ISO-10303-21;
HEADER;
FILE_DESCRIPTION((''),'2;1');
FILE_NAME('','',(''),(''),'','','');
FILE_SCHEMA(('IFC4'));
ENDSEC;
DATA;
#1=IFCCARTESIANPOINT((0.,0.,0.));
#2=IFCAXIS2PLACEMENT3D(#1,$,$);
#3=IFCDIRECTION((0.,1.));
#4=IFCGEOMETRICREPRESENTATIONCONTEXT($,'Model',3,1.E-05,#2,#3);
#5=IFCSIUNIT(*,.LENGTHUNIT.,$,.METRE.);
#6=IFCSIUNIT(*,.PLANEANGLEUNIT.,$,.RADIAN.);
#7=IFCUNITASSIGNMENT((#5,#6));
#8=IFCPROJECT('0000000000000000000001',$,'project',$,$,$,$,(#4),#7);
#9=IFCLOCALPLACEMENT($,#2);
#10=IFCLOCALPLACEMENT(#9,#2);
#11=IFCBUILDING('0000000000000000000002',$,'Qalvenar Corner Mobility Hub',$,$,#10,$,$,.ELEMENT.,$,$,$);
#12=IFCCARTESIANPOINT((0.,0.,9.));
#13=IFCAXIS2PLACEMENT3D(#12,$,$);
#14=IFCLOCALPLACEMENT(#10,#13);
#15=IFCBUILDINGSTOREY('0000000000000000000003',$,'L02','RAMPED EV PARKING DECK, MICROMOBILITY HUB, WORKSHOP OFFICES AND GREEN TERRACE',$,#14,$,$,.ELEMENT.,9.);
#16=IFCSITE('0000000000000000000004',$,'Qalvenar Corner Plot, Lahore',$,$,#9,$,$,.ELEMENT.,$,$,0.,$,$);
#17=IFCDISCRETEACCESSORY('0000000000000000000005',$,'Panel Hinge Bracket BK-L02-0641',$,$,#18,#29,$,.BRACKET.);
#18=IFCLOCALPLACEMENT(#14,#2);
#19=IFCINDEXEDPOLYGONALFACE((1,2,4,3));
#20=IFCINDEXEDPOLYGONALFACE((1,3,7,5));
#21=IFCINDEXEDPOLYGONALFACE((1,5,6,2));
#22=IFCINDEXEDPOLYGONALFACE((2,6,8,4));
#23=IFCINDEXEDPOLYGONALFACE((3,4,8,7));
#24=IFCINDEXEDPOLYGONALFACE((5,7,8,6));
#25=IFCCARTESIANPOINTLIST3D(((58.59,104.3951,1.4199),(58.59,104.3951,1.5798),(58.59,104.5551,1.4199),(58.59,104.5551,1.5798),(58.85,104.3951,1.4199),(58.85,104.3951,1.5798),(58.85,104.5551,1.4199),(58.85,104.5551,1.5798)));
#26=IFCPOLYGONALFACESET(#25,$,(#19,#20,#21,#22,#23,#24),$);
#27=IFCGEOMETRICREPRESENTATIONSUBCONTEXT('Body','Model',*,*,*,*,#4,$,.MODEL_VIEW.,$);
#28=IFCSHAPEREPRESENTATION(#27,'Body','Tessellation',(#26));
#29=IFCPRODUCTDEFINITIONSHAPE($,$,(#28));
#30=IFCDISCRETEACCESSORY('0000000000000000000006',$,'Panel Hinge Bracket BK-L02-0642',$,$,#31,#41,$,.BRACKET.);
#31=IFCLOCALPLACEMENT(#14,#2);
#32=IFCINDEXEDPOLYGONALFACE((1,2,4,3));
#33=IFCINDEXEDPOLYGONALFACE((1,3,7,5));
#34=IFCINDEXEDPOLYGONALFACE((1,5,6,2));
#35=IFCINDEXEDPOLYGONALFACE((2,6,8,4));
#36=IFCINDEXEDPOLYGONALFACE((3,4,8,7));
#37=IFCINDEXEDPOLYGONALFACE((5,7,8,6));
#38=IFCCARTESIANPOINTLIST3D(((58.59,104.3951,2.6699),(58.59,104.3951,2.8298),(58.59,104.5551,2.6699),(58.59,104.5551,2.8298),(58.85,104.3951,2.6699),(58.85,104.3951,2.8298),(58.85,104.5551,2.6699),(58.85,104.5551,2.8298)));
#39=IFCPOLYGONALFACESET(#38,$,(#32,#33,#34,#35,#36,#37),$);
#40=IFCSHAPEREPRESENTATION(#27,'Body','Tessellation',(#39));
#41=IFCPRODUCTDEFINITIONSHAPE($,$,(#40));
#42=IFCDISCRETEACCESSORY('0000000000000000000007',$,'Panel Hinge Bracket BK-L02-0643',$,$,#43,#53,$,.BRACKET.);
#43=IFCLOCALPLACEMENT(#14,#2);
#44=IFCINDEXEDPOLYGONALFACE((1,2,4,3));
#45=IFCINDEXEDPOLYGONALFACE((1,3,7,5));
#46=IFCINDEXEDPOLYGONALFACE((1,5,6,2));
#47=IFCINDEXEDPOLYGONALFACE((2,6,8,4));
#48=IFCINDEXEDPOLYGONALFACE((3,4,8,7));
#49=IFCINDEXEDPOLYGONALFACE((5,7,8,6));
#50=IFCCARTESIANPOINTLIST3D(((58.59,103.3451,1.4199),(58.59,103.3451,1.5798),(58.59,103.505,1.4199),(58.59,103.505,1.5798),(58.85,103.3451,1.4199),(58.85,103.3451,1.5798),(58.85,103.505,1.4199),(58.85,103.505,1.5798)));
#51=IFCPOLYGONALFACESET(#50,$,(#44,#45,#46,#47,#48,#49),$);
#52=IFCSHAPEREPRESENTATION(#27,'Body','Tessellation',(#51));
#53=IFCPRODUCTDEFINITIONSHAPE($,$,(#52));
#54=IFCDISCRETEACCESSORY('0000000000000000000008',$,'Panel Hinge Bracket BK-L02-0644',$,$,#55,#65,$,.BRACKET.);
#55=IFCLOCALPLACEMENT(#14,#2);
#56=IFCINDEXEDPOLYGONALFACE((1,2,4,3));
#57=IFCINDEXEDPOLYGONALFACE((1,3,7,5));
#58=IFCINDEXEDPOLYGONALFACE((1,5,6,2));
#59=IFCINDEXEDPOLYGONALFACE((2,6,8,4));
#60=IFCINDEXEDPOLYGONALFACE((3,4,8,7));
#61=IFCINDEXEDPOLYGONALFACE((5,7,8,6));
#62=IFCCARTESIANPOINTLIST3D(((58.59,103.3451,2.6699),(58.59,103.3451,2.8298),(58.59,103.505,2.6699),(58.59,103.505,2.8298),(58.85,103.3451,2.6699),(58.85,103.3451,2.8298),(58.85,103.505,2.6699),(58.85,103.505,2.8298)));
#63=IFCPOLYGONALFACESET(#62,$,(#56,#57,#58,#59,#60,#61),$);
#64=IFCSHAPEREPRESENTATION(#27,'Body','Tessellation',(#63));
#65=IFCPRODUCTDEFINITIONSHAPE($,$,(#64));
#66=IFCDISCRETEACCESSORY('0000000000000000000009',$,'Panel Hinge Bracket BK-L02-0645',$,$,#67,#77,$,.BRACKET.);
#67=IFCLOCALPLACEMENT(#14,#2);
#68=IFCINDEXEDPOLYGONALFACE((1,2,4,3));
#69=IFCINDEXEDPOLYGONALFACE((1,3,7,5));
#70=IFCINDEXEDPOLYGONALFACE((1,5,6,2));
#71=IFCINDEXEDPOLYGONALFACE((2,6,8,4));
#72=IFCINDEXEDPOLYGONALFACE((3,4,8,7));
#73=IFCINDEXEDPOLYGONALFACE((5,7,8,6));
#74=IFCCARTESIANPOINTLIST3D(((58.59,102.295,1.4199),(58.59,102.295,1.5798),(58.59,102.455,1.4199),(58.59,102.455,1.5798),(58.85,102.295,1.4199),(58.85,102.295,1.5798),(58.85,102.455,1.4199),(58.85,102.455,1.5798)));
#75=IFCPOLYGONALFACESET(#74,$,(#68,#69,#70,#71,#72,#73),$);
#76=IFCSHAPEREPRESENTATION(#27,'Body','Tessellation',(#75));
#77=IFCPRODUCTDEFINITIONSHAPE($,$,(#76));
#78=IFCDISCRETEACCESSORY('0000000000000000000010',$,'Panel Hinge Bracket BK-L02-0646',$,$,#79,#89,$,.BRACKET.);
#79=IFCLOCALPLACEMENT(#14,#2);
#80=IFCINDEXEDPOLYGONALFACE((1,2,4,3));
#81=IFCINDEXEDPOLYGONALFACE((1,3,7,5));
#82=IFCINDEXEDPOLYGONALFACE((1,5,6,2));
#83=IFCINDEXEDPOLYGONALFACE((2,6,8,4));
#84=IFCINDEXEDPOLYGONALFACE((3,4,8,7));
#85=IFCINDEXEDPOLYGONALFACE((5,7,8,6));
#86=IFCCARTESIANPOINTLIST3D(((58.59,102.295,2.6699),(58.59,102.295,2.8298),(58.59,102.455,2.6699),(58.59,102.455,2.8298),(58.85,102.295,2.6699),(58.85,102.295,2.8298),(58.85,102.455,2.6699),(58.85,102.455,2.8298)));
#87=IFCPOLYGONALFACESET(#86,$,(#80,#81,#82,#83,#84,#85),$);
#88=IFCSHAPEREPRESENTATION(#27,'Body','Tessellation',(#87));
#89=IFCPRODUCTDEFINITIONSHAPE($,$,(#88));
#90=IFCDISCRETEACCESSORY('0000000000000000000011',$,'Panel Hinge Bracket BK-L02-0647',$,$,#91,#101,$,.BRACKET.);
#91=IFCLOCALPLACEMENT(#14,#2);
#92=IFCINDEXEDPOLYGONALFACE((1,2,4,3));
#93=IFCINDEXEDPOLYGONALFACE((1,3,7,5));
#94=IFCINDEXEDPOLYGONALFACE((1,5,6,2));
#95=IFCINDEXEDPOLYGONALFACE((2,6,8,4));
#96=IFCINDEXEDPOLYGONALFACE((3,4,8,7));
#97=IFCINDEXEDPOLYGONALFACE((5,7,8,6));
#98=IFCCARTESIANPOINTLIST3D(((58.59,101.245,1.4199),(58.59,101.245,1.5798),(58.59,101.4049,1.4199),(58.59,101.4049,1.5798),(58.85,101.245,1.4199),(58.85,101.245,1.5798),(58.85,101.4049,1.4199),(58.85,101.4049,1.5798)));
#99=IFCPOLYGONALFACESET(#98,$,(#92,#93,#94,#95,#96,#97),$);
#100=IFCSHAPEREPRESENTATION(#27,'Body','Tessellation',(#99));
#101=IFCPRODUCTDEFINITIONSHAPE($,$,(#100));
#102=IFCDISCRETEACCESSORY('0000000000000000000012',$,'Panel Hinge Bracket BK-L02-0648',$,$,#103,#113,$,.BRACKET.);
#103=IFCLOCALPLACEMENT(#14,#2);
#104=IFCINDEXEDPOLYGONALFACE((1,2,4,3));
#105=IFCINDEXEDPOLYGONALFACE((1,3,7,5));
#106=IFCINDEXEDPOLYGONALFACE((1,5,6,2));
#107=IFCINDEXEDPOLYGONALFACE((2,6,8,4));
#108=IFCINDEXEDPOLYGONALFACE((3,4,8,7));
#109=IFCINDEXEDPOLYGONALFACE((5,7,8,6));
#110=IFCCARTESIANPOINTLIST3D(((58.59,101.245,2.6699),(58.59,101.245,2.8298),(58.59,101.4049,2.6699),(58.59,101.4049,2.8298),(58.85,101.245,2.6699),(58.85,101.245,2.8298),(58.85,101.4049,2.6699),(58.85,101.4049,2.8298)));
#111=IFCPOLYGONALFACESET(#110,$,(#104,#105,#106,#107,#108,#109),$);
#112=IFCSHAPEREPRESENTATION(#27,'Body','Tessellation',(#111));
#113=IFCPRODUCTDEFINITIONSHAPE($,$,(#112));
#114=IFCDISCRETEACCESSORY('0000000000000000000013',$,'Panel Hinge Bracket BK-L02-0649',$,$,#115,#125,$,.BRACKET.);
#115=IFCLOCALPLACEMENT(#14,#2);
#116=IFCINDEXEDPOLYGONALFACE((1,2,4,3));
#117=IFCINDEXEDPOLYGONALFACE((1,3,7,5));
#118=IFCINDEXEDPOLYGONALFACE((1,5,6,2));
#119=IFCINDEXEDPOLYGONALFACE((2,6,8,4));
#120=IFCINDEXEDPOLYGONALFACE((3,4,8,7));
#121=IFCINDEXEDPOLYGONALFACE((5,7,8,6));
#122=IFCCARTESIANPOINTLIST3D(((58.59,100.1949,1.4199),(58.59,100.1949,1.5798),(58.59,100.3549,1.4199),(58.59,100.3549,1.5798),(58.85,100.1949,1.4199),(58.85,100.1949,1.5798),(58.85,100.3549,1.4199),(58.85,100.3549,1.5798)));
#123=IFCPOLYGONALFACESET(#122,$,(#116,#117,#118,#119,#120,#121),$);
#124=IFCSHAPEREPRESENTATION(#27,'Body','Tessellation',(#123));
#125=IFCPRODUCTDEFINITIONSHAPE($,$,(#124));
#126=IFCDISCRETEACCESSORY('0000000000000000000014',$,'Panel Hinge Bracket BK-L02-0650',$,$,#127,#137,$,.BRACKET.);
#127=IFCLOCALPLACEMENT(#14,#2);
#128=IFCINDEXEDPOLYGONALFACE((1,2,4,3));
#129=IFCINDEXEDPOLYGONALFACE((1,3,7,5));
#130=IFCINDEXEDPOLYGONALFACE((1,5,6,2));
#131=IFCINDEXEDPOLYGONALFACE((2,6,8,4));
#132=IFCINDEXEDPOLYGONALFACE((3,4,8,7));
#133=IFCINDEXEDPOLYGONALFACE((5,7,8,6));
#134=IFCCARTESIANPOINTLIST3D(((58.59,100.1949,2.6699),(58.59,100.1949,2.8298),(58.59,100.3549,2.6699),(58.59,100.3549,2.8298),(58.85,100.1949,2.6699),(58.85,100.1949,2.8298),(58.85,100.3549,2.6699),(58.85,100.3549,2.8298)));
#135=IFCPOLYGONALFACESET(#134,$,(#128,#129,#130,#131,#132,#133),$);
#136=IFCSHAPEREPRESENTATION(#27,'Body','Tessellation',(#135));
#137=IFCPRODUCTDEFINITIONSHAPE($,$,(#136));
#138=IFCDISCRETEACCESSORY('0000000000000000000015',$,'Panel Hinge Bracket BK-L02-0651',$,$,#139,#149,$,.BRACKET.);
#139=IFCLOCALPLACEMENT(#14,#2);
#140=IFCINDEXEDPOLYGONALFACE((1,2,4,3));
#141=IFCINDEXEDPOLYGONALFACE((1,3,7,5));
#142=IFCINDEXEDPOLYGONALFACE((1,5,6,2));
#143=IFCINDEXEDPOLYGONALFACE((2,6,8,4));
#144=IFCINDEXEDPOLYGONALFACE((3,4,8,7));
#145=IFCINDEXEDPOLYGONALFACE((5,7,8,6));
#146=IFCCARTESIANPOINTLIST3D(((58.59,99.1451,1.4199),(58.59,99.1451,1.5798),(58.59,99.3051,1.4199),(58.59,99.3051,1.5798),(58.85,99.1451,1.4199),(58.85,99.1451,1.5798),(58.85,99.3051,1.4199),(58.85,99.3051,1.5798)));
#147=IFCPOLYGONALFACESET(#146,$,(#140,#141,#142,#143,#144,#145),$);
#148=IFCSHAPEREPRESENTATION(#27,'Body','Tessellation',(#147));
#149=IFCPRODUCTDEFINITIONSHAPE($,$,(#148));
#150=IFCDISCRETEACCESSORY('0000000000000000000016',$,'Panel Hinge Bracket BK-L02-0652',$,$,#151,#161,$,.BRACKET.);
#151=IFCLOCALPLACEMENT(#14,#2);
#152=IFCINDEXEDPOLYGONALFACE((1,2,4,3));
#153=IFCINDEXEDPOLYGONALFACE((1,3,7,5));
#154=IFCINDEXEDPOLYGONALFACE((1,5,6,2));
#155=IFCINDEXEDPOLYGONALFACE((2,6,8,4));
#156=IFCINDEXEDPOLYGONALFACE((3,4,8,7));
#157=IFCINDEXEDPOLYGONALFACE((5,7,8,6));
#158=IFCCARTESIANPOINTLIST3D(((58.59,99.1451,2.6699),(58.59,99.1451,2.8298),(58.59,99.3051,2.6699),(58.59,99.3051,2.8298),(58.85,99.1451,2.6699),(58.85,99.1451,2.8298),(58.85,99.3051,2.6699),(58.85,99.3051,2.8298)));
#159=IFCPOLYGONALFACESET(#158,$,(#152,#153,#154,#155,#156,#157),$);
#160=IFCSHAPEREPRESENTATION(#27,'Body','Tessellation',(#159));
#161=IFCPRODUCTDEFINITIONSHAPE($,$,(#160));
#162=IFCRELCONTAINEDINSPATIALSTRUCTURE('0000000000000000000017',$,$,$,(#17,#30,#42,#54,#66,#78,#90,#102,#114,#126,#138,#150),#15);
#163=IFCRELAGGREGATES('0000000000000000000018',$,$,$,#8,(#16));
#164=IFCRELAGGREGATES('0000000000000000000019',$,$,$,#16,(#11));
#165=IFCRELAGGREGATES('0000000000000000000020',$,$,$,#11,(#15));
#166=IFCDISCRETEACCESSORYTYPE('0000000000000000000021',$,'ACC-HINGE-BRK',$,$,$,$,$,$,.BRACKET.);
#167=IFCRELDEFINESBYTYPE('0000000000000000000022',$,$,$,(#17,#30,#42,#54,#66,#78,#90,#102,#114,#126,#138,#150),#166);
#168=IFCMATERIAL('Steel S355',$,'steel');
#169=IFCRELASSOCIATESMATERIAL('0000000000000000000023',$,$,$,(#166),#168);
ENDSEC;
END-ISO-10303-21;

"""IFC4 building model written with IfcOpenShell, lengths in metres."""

from ifc_helpers import new_model, si_unit, direction, frame, origin, origin_2d, place, context, subcontext, project, spatial, rectangle, extrude, material, type_object, element, save


model = new_model("IFC4")

# Units and contexts
model_context = context("Model", 3, precision=1e-05, world=origin(), true_north=direction((0.0, 1.0)))
body_context = subcontext(model_context, "Body", "Model", "MODEL_VIEW")
ifc_project = project(units=[si_unit("LENGTHUNIT", "METRE"), si_unit("PLANEANGLEUNIT", "RADIAN")], contexts=[model_context])

# Site, building, storey
site_placement = place(None, origin())
site = spatial("IfcSite", under=ifc_project, at=site_placement, Name="Qalvenar Corner Plot, Lahore", CompositionType="ELEMENT", RefElevation=0.0)
building_placement = place(site_placement, origin())
building = spatial("IfcBuilding", under=site, at=building_placement, Name="Qalvenar Corner Mobility Hub", CompositionType="ELEMENT")
storey_placement = place(building_placement, frame((0.0, 0.0, 9.0)))
storey = spatial("IfcBuildingStorey", under=building, at=storey_placement, Name="L02", Description="RAMPED EV PARKING DECK, MICROMOBILITY HUB, WORKSHOP OFFICES AND GREEN TERRACE", CompositionType="ELEMENT", Elevation=9.0)

# Discrete accessories
ifc_material_1 = material(Name="Steel S355", Category="steel")
discrete_accessory_type = type_object("IfcDiscreteAccessoryType", Name="ACC-HINGE-BRK", PredefinedType="BRACKET", material=ifc_material_1)
for number, where, z_axis, x_axis, name in (
    (1, (58.72, 104.4751, 1.4199), (0.0, 0.0, 1.0), (0.0, -1.0, 0.0), "Panel Hinge Bracket BK-L02-0641"),
    (2, (58.72, 104.4751, 2.6699), (0.0, 0.0, 1.0), (0.0, -1.0, 0.0), "Panel Hinge Bracket BK-L02-0642"),
    (3, (58.72, 103.425, 1.4199), (0.0, 0.0, 1.0), (0.0, -1.0, 0.0), "Panel Hinge Bracket BK-L02-0643"),
    (4, (58.72, 103.425, 2.6699), (0.0, 0.0, 1.0), (0.0, -1.0, 0.0), "Panel Hinge Bracket BK-L02-0644"),
    (5, (58.72, 102.375, 1.4199), (0.0, 0.0, 1.0), (0.0, -1.0, 0.0), "Panel Hinge Bracket BK-L02-0645"),
    (6, (58.72, 102.375, 2.6699), (0.0, 0.0, 1.0), (0.0, -1.0, 0.0), "Panel Hinge Bracket BK-L02-0646"),
    (7, (58.72, 101.325, 1.4199), (0.0, 0.0, 1.0), (0.0, -1.0, 0.0), "Panel Hinge Bracket BK-L02-0647"),
    (8, (58.72, 101.325, 2.6699), (0.0, 0.0, 1.0), (0.0, -1.0, 0.0), "Panel Hinge Bracket BK-L02-0648"),
    (9, (58.72, 100.2749, 1.4199), (0.0, 0.0, 1.0), (0.0, -1.0, 0.0), "Panel Hinge Bracket BK-L02-0649"),
    (10, (58.72, 100.2749, 2.6699), (0.0, 0.0, 1.0), (0.0, -1.0, 0.0), "Panel Hinge Bracket BK-L02-0650"),
    (11, (58.72, 99.2251, 1.4199), (0.0, 0.0, 1.0), (0.0, -1.0, 0.0), "Panel Hinge Bracket BK-L02-0651"),
    (12, (58.72, 99.2251, 2.6699), (0.0, 0.0, 1.0), (0.0, -1.0, 0.0), "Panel Hinge Bracket BK-L02-0652"),
):
    element("IfcDiscreteAccessory", number, at=place(storey_placement, frame(where, z_axis=z_axis, x_axis=x_axis)), inside=storey, type_object=discrete_accessory_type, Name=name, PredefinedType="BRACKET", context=body_context, shape_type="SweptSolid", body=[
        extrude(rectangle(XDim=0.1599, YDim=0.26, at=origin_2d()), origin(), (0.0, 0.0, 1.0), 0.1599),
    ])

save(model, "model.ifc")
